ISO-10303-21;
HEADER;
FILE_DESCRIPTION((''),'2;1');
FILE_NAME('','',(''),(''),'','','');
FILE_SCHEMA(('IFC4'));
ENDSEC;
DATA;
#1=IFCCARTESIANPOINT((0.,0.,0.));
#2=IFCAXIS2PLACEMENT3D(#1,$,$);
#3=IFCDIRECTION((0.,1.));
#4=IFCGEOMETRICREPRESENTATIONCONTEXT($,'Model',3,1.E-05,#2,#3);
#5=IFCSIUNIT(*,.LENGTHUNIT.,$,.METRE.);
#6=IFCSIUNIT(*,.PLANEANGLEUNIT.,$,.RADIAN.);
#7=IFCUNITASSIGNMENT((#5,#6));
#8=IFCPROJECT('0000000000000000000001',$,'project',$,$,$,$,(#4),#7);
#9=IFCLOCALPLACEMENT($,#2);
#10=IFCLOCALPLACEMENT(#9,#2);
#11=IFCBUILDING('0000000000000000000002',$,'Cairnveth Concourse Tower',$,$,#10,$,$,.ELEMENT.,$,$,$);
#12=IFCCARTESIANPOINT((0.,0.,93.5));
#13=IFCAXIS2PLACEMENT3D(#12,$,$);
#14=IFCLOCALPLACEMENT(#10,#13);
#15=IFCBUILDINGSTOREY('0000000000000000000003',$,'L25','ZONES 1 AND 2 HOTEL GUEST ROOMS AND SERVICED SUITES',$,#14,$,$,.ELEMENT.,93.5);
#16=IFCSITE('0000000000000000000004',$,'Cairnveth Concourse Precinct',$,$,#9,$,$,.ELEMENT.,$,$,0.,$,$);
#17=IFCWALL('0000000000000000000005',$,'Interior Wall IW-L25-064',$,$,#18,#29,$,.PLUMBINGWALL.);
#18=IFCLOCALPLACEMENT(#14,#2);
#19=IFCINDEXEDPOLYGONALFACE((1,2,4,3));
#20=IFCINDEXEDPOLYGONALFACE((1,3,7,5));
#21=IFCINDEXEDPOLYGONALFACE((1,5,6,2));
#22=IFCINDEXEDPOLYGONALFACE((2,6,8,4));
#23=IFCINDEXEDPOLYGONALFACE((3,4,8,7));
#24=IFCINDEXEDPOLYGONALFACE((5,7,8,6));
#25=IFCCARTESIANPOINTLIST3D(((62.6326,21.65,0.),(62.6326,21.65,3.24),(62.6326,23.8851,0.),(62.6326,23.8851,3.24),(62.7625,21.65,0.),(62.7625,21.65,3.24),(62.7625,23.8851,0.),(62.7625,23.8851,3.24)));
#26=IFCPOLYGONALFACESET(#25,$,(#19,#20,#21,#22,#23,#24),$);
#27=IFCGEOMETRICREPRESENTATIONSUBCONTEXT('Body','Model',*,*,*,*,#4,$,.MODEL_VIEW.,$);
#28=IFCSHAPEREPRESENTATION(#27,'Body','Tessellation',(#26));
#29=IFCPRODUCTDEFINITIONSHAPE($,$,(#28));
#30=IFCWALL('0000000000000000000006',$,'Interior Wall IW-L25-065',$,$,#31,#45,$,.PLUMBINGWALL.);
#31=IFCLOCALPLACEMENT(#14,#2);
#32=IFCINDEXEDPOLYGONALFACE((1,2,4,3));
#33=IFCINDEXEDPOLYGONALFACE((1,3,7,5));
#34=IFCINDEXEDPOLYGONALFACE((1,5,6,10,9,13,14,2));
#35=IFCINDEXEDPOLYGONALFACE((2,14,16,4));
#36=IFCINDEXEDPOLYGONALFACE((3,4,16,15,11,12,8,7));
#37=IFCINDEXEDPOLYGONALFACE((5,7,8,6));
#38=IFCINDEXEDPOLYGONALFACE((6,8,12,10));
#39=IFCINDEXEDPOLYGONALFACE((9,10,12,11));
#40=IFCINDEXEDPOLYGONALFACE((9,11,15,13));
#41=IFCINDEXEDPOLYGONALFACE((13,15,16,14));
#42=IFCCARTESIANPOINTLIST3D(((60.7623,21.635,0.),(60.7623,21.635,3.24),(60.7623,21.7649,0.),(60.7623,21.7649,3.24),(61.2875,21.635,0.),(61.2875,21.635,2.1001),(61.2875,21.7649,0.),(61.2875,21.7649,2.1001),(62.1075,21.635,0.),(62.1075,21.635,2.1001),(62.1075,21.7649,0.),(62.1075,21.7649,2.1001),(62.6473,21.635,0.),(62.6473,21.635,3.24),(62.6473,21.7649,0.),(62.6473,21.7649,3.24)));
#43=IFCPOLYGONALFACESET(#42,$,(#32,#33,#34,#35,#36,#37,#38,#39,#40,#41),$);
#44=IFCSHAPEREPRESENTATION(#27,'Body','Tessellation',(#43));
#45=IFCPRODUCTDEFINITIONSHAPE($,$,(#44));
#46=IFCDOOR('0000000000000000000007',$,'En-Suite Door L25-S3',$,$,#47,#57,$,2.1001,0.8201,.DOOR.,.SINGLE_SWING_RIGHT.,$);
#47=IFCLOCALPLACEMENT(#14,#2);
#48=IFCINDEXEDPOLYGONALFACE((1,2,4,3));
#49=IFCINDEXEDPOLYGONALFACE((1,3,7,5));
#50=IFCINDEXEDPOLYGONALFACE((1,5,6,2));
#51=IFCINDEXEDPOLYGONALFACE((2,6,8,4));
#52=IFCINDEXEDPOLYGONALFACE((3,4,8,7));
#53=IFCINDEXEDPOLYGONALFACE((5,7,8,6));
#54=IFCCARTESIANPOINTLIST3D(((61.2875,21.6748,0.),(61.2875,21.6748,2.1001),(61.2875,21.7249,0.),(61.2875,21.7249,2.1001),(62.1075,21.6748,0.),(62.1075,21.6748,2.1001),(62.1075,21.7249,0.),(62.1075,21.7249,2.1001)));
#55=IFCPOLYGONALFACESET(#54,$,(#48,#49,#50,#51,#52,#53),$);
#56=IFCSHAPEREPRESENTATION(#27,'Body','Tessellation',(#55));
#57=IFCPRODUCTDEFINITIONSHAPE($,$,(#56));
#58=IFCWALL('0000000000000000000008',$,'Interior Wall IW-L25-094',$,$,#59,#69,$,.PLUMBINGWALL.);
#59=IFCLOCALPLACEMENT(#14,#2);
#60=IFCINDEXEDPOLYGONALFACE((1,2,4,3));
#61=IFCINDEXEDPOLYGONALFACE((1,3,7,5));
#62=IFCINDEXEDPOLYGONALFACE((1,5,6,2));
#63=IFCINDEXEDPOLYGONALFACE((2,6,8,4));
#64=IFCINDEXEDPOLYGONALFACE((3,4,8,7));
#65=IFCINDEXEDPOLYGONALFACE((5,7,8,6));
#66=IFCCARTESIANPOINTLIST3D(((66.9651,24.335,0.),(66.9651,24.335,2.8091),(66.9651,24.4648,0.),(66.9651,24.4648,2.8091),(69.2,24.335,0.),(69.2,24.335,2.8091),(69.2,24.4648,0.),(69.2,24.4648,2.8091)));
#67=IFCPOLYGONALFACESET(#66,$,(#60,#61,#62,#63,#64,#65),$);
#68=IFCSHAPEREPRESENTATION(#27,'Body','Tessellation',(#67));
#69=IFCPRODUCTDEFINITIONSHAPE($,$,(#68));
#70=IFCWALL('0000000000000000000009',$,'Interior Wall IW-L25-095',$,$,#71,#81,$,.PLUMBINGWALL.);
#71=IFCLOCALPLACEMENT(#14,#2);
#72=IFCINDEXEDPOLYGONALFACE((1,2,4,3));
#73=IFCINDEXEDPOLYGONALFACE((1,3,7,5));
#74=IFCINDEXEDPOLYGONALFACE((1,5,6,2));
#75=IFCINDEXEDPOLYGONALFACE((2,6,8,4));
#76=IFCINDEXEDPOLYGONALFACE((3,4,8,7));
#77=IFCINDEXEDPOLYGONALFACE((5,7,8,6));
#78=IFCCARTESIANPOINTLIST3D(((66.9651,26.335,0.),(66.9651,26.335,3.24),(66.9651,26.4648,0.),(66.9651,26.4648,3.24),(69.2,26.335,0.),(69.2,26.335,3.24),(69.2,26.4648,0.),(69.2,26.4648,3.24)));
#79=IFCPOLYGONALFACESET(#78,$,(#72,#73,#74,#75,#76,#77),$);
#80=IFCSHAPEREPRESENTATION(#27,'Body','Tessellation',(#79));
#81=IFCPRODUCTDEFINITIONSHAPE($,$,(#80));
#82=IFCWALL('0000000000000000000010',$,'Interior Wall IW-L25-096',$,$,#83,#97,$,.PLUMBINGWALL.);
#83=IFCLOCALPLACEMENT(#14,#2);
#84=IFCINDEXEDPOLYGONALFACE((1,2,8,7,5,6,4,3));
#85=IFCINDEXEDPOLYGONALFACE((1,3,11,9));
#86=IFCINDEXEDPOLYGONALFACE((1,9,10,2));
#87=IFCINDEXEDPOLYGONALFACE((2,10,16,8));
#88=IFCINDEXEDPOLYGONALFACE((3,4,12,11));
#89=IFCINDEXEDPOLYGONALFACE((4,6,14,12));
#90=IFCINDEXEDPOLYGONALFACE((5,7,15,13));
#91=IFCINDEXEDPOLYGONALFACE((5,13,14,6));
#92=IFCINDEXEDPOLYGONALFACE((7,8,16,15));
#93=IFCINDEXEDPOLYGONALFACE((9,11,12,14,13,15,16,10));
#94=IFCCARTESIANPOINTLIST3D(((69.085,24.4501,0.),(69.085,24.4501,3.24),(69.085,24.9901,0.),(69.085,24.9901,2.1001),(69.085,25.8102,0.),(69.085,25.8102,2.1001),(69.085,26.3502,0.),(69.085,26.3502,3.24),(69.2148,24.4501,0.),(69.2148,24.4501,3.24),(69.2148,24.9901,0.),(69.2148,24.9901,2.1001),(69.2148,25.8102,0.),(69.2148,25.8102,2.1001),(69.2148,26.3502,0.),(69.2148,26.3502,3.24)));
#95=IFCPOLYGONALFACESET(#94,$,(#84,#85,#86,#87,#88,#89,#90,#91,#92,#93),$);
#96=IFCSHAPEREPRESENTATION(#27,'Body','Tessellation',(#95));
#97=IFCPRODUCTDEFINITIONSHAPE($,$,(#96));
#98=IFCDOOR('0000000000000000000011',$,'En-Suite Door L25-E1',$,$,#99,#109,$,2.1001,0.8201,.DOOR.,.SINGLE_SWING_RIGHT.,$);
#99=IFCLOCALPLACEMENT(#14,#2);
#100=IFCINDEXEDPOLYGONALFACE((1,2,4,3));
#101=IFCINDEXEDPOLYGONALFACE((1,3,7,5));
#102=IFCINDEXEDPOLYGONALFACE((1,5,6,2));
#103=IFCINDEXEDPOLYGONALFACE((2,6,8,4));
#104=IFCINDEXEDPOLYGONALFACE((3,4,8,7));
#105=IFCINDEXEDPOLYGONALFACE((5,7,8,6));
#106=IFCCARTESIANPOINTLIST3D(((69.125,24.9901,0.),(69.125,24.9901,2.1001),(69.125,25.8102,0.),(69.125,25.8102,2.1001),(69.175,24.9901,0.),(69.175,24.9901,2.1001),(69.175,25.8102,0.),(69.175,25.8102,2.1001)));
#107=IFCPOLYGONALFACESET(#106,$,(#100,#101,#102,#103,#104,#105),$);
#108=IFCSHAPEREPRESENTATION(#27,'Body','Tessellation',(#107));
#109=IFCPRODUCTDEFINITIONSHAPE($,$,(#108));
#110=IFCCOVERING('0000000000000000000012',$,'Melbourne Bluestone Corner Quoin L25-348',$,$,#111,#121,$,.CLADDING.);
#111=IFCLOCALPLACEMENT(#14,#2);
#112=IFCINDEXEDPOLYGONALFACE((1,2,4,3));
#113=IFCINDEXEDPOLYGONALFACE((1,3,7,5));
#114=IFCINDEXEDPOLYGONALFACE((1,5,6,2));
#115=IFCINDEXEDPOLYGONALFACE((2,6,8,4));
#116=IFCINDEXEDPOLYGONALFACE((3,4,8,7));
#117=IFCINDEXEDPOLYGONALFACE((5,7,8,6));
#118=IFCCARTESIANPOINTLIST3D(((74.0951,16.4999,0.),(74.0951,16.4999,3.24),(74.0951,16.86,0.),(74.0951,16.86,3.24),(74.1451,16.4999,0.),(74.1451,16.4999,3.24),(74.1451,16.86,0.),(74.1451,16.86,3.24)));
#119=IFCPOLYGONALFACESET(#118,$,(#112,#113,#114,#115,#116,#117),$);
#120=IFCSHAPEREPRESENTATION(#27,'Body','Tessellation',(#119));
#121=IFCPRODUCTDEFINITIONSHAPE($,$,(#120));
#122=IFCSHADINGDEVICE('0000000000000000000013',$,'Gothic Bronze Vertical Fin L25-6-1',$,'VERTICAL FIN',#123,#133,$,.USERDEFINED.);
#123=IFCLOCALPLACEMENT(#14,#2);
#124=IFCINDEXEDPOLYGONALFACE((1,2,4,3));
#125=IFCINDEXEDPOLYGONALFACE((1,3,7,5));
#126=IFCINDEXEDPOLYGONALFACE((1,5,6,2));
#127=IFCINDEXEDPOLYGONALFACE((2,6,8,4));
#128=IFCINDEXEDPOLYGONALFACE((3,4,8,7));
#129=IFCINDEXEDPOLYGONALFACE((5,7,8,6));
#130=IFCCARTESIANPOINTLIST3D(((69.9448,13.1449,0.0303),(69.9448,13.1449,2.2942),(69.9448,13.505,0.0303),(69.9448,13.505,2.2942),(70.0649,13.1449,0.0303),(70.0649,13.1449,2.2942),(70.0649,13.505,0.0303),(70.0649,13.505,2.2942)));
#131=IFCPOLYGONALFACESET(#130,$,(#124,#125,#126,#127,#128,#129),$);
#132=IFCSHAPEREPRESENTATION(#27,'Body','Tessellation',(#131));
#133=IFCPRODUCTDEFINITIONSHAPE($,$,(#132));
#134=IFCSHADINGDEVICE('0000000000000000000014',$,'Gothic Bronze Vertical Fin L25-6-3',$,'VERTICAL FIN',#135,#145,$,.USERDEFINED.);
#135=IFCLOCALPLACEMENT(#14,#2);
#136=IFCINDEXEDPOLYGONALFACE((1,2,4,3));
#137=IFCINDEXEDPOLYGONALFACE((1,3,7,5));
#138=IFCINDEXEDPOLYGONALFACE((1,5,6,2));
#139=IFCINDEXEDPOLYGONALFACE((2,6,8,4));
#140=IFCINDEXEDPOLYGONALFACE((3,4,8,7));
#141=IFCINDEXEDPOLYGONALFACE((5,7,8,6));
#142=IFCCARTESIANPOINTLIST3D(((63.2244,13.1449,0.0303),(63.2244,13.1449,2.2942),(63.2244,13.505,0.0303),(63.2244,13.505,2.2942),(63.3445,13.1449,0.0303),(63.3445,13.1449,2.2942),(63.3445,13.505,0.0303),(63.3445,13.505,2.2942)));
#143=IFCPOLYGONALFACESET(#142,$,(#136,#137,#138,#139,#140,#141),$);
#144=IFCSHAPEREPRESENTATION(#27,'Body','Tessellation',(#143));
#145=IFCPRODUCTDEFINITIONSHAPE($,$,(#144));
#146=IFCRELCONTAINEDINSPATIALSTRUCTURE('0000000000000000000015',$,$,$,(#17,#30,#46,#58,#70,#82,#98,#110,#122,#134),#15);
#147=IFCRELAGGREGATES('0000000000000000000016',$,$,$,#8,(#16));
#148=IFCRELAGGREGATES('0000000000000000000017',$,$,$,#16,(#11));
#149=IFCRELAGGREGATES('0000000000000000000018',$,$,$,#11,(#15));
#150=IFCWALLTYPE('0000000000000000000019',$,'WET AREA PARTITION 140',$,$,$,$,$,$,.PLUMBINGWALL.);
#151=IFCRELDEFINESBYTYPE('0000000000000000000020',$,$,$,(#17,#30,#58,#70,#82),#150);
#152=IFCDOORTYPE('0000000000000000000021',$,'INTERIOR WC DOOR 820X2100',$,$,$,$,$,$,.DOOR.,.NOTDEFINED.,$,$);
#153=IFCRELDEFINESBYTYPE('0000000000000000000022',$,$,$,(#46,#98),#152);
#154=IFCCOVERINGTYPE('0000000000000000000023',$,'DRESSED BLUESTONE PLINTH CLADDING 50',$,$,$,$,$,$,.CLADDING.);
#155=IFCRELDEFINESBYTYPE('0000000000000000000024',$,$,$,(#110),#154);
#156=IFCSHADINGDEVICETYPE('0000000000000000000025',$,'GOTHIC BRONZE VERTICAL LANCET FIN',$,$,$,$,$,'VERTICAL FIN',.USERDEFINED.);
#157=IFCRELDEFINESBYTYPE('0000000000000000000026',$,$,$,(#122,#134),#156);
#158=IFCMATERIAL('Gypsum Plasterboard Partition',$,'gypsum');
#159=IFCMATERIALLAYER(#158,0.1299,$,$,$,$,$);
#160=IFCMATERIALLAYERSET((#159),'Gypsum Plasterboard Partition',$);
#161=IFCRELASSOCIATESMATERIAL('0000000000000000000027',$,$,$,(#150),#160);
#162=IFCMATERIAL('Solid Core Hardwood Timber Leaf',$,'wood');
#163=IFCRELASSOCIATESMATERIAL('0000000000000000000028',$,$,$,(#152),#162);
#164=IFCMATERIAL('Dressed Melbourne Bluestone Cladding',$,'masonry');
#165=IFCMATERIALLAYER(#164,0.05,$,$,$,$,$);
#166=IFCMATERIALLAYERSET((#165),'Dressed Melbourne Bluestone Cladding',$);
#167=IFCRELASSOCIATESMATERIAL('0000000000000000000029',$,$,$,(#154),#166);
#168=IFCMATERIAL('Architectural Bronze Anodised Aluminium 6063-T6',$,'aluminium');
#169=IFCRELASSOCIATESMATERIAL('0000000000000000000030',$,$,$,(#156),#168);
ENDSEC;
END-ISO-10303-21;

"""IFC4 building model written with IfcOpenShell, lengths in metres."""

from ifc_helpers import new_model, si_unit, direction, frame, frame_2d, origin, origin_2d, place, context, subcontext, project, spatial, rectangle, extrude, material, layer, layer_set, type_object, element, fill, save


model = new_model("IFC4")

# Units and contexts
model_context = context("Model", 3, precision=1e-05, world=origin(), true_north=direction((0.0, 1.0)))
body_context = subcontext(model_context, "Body", "Model", "MODEL_VIEW")
ifc_project = project(units=[si_unit("LENGTHUNIT", "METRE"), si_unit("PLANEANGLEUNIT", "RADIAN")], contexts=[model_context])

# Site, building, storey
site_placement = place(None, origin())
site = spatial("IfcSite", under=ifc_project, at=site_placement, Name="Cairnveth Concourse Precinct", CompositionType="ELEMENT", RefElevation=0.0)
building_placement = place(site_placement, origin())
building = spatial("IfcBuilding", under=site, at=building_placement, Name="Cairnveth Concourse Tower", CompositionType="ELEMENT")
storey_placement = place(building_placement, frame((0.0, 0.0, 93.5)))
storey = spatial("IfcBuildingStorey", under=building, at=storey_placement, Name="L25", Description="ZONES 1 AND 2 HOTEL GUEST ROOMS AND SERVICED SUITES", CompositionType="ELEMENT", Elevation=93.5)

# Shared definitions
ifc_material_1 = material(Name="Gypsum Plasterboard Partition", Category="gypsum")
ifc_material_2 = material(Name="Solid Core Hardwood Timber Leaf", Category="wood")

# Wall
ifc_layer_1 = layer(ifc_material_1, 0.1299)
ifc_layer_set_1 = layer_set([ifc_layer_1], Name="Gypsum Plasterboard Partition")
wall_type_1 = type_object("IfcWallType", Name="WET AREA PARTITION 140", PredefinedType="PLUMBINGWALL", material=ifc_layer_set_1)
wall_1_placement = place(storey_placement, frame((62.6975, 21.6499, 0.0), z_axis=(0.0, 0.0, 1.0), x_axis=(0.0, 1.0, 0.0)))
element("IfcWall", 1, at=wall_1_placement, inside=storey, type_object=wall_type_1, Name="Interior Wall IW-L25-064", PredefinedType="PLUMBINGWALL", context=body_context, shape_type="SweptSolid", body=[
    extrude(rectangle(XDim=2.2351, YDim=0.1299, at=frame_2d((1.1177, 0.0))), origin(), (0.0, 0.0, 1.0), 3.24),
])

# Wall, opening, door
wall_2_placement = place(storey_placement, frame((60.7625, 21.7, 0.0), z_axis=(0.0, 0.0, 1.0), x_axis=(1.0, 0.0, 0.0)))
wall_2 = element("IfcWall", 2, at=wall_2_placement, inside=storey, type_object=wall_type_1, Name="Interior Wall IW-L25-065", PredefinedType="PLUMBINGWALL", context=body_context, shape_type="SweptSolid", body=[
    extrude(rectangle(XDim=1.885, YDim=0.1299, at=frame_2d((0.9424, 0.0))), origin(), (0.0, 0.0, 1.0), 3.24),
])
opening_1_placement = place(wall_2_placement, frame((0.5249, 0.0, 0.0)))
opening_1 = element("IfcOpeningElement", 3, at=opening_1_placement, cuts=wall_2, PredefinedType="OPENING", context=body_context, shape_type="SweptSolid", body=[
    extrude(rectangle(XDim=0.8201, YDim=2.1001, at=frame_2d((0.4102, 1.05))), frame((0.0, 0.075, 0.0), z_axis=(0.0, -1.0, 0.0), x_axis=(1.0, 0.0, 0.0)), (0.0, 0.0, 1.0), 0.1499),
])
door_type_1 = type_object("IfcDoorType", Name="INTERIOR WC DOOR 820X2100", OperationType="NOTDEFINED", PredefinedType="DOOR", material=ifc_material_2)
door_1_placement = place(opening_1_placement, origin())
door_1 = element("IfcDoor", 4, at=door_1_placement, inside=storey, type_object=door_type_1, Name="En-Suite Door L25-S3", OperationType="SINGLE_SWING_RIGHT", OverallHeight=2.1001, OverallWidth=0.8201, PredefinedType="DOOR", context=body_context, shape_type="SweptSolid", body=[
    extrude(rectangle(XDim=0.8201, YDim=2.1001, at=frame_2d((0.4102, 1.05))), frame((0.0, 0.0249, 0.0), z_axis=(0.0, -1.0, 0.0), x_axis=(1.0, 0.0, 0.0)), (0.0, 0.0, 1.0), 0.05),
])
fill(opening_1, door_1)

# Walls
wall_3_placement = place(storey_placement, frame((66.9651, 24.3999, 0.0), z_axis=(0.0, 0.0, 1.0), x_axis=(1.0, 0.0, 0.0)))
element("IfcWall", 5, at=wall_3_placement, inside=storey, type_object=wall_type_1, Name="Interior Wall IW-L25-094", PredefinedType="PLUMBINGWALL", context=body_context, shape_type="SweptSolid", body=[
    extrude(rectangle(XDim=2.2349, YDim=0.1299, at=frame_2d((1.1174, 0.0))), origin(), (0.0, 0.0, 1.0), 2.8091),
])
wall_4_placement = place(storey_placement, frame((66.9651, 26.3999, 0.0), z_axis=(0.0, 0.0, 1.0), x_axis=(1.0, 0.0, 0.0)))
element("IfcWall", 6, at=wall_4_placement, inside=storey, type_object=wall_type_1, Name="Interior Wall IW-L25-095", PredefinedType="PLUMBINGWALL", context=body_context, shape_type="SweptSolid", body=[
    extrude(rectangle(XDim=2.2349, YDim=0.1299, at=frame_2d((1.1174, 0.0))), origin(), (0.0, 0.0, 1.0), 3.24),
])

# Wall, opening, door
wall_5_placement = place(storey_placement, frame((69.1499, 24.45, 0.0), z_axis=(0.0, 0.0, 1.0), x_axis=(0.0, 1.0, 0.0)))
wall_5 = element("IfcWall", 7, at=wall_5_placement, inside=storey, type_object=wall_type_1, Name="Interior Wall IW-L25-096", PredefinedType="PLUMBINGWALL", context=body_context, shape_type="SweptSolid", body=[
    extrude(rectangle(XDim=1.9001, YDim=0.1299, at=frame_2d((0.9502, 0.0))), origin(), (0.0, 0.0, 1.0), 3.24),
])
opening_2_placement = place(wall_5_placement, frame((0.54, 0.0, 0.0)))
opening_2 = element("IfcOpeningElement", 8, at=opening_2_placement, cuts=wall_5, PredefinedType="OPENING", context=body_context, shape_type="SweptSolid", body=[
    extrude(rectangle(XDim=0.8201, YDim=2.1001, at=frame_2d((0.4102, 1.05))), frame((0.0, 0.075, 0.0), z_axis=(0.0, -1.0, 0.0), x_axis=(1.0, 0.0, 0.0)), (0.0, 0.0, 1.0), 0.1499),
])
door_2_placement = place(opening_2_placement, origin())
door_2 = element("IfcDoor", 9, at=door_2_placement, inside=storey, type_object=door_type_1, Name="En-Suite Door L25-E1", OperationType="SINGLE_SWING_RIGHT", OverallHeight=2.1001, OverallWidth=0.8201, PredefinedType="DOOR", context=body_context, shape_type="SweptSolid", body=[
    extrude(rectangle(XDim=0.8201, YDim=2.1001, at=frame_2d((0.4102, 1.05))), frame((0.0, 0.0249, 0.0), z_axis=(0.0, -1.0, 0.0), x_axis=(1.0, 0.0, 0.0)), (0.0, 0.0, 1.0), 0.05),
])
fill(opening_2, door_2)

# Covering
ifc_material_3 = material(Name="Dressed Melbourne Bluestone Cladding", Category="masonry")
ifc_layer_2 = layer(ifc_material_3, 0.05)
ifc_layer_set_2 = layer_set([ifc_layer_2], Name="Dressed Melbourne Bluestone Cladding")
covering_type = type_object("IfcCoveringType", Name="DRESSED BLUESTONE PLINTH CLADDING 50", PredefinedType="CLADDING", material=ifc_layer_set_2)
covering_placement = place(storey_placement, frame((74.1201, 16.8601, 0.0), z_axis=(0.0, 0.0, 1.0), x_axis=(0.0, -1.0, 0.0)))
element("IfcCovering", 10, at=covering_placement, inside=storey, type_object=covering_type, Name="Melbourne Bluestone Corner Quoin L25-348", PredefinedType="CLADDING", context=body_context, shape_type="SweptSolid", body=[
    extrude(rectangle(XDim=0.3601, YDim=0.05, at=frame_2d((0.1802, 0.0))), origin(), (0.0, 0.0, 1.0), 3.24),
])

# Shading devices
ifc_material_4 = material(Name="Architectural Bronze Anodised Aluminium 6063-T6", Category="aluminium")
shading_device_type = type_object("IfcShadingDeviceType", Name="GOTHIC BRONZE VERTICAL LANCET FIN", ElementType="VERTICAL FIN", PredefinedType="USERDEFINED", material=ifc_material_4)
for number, where, z_axis, x_axis, name in (
    (11, (70.0049, 13.325, 0.0303), (0.0, 0.0, 1.0), (1.0, 0.0, 0.0), "Gothic Bronze Vertical Fin L25-6-1"),
    (12, (63.2844, 13.325, 0.0303), (0.0, 0.0, 1.0), (1.0, 0.0, 0.0), "Gothic Bronze Vertical Fin L25-6-3"),
):
    element("IfcShadingDevice", number, at=place(storey_placement, frame(where, z_axis=z_axis, x_axis=x_axis)), inside=storey, type_object=shading_device_type, Name=name, ObjectType="VERTICAL FIN", PredefinedType="USERDEFINED", context=body_context, shape_type="SweptSolid", body=[
        extrude(rectangle(XDim=0.1201, YDim=0.3601, at=origin_2d()), origin(), (0.0, 0.0, 1.0), 2.2639),
    ])

save(model, "model.ifc")
